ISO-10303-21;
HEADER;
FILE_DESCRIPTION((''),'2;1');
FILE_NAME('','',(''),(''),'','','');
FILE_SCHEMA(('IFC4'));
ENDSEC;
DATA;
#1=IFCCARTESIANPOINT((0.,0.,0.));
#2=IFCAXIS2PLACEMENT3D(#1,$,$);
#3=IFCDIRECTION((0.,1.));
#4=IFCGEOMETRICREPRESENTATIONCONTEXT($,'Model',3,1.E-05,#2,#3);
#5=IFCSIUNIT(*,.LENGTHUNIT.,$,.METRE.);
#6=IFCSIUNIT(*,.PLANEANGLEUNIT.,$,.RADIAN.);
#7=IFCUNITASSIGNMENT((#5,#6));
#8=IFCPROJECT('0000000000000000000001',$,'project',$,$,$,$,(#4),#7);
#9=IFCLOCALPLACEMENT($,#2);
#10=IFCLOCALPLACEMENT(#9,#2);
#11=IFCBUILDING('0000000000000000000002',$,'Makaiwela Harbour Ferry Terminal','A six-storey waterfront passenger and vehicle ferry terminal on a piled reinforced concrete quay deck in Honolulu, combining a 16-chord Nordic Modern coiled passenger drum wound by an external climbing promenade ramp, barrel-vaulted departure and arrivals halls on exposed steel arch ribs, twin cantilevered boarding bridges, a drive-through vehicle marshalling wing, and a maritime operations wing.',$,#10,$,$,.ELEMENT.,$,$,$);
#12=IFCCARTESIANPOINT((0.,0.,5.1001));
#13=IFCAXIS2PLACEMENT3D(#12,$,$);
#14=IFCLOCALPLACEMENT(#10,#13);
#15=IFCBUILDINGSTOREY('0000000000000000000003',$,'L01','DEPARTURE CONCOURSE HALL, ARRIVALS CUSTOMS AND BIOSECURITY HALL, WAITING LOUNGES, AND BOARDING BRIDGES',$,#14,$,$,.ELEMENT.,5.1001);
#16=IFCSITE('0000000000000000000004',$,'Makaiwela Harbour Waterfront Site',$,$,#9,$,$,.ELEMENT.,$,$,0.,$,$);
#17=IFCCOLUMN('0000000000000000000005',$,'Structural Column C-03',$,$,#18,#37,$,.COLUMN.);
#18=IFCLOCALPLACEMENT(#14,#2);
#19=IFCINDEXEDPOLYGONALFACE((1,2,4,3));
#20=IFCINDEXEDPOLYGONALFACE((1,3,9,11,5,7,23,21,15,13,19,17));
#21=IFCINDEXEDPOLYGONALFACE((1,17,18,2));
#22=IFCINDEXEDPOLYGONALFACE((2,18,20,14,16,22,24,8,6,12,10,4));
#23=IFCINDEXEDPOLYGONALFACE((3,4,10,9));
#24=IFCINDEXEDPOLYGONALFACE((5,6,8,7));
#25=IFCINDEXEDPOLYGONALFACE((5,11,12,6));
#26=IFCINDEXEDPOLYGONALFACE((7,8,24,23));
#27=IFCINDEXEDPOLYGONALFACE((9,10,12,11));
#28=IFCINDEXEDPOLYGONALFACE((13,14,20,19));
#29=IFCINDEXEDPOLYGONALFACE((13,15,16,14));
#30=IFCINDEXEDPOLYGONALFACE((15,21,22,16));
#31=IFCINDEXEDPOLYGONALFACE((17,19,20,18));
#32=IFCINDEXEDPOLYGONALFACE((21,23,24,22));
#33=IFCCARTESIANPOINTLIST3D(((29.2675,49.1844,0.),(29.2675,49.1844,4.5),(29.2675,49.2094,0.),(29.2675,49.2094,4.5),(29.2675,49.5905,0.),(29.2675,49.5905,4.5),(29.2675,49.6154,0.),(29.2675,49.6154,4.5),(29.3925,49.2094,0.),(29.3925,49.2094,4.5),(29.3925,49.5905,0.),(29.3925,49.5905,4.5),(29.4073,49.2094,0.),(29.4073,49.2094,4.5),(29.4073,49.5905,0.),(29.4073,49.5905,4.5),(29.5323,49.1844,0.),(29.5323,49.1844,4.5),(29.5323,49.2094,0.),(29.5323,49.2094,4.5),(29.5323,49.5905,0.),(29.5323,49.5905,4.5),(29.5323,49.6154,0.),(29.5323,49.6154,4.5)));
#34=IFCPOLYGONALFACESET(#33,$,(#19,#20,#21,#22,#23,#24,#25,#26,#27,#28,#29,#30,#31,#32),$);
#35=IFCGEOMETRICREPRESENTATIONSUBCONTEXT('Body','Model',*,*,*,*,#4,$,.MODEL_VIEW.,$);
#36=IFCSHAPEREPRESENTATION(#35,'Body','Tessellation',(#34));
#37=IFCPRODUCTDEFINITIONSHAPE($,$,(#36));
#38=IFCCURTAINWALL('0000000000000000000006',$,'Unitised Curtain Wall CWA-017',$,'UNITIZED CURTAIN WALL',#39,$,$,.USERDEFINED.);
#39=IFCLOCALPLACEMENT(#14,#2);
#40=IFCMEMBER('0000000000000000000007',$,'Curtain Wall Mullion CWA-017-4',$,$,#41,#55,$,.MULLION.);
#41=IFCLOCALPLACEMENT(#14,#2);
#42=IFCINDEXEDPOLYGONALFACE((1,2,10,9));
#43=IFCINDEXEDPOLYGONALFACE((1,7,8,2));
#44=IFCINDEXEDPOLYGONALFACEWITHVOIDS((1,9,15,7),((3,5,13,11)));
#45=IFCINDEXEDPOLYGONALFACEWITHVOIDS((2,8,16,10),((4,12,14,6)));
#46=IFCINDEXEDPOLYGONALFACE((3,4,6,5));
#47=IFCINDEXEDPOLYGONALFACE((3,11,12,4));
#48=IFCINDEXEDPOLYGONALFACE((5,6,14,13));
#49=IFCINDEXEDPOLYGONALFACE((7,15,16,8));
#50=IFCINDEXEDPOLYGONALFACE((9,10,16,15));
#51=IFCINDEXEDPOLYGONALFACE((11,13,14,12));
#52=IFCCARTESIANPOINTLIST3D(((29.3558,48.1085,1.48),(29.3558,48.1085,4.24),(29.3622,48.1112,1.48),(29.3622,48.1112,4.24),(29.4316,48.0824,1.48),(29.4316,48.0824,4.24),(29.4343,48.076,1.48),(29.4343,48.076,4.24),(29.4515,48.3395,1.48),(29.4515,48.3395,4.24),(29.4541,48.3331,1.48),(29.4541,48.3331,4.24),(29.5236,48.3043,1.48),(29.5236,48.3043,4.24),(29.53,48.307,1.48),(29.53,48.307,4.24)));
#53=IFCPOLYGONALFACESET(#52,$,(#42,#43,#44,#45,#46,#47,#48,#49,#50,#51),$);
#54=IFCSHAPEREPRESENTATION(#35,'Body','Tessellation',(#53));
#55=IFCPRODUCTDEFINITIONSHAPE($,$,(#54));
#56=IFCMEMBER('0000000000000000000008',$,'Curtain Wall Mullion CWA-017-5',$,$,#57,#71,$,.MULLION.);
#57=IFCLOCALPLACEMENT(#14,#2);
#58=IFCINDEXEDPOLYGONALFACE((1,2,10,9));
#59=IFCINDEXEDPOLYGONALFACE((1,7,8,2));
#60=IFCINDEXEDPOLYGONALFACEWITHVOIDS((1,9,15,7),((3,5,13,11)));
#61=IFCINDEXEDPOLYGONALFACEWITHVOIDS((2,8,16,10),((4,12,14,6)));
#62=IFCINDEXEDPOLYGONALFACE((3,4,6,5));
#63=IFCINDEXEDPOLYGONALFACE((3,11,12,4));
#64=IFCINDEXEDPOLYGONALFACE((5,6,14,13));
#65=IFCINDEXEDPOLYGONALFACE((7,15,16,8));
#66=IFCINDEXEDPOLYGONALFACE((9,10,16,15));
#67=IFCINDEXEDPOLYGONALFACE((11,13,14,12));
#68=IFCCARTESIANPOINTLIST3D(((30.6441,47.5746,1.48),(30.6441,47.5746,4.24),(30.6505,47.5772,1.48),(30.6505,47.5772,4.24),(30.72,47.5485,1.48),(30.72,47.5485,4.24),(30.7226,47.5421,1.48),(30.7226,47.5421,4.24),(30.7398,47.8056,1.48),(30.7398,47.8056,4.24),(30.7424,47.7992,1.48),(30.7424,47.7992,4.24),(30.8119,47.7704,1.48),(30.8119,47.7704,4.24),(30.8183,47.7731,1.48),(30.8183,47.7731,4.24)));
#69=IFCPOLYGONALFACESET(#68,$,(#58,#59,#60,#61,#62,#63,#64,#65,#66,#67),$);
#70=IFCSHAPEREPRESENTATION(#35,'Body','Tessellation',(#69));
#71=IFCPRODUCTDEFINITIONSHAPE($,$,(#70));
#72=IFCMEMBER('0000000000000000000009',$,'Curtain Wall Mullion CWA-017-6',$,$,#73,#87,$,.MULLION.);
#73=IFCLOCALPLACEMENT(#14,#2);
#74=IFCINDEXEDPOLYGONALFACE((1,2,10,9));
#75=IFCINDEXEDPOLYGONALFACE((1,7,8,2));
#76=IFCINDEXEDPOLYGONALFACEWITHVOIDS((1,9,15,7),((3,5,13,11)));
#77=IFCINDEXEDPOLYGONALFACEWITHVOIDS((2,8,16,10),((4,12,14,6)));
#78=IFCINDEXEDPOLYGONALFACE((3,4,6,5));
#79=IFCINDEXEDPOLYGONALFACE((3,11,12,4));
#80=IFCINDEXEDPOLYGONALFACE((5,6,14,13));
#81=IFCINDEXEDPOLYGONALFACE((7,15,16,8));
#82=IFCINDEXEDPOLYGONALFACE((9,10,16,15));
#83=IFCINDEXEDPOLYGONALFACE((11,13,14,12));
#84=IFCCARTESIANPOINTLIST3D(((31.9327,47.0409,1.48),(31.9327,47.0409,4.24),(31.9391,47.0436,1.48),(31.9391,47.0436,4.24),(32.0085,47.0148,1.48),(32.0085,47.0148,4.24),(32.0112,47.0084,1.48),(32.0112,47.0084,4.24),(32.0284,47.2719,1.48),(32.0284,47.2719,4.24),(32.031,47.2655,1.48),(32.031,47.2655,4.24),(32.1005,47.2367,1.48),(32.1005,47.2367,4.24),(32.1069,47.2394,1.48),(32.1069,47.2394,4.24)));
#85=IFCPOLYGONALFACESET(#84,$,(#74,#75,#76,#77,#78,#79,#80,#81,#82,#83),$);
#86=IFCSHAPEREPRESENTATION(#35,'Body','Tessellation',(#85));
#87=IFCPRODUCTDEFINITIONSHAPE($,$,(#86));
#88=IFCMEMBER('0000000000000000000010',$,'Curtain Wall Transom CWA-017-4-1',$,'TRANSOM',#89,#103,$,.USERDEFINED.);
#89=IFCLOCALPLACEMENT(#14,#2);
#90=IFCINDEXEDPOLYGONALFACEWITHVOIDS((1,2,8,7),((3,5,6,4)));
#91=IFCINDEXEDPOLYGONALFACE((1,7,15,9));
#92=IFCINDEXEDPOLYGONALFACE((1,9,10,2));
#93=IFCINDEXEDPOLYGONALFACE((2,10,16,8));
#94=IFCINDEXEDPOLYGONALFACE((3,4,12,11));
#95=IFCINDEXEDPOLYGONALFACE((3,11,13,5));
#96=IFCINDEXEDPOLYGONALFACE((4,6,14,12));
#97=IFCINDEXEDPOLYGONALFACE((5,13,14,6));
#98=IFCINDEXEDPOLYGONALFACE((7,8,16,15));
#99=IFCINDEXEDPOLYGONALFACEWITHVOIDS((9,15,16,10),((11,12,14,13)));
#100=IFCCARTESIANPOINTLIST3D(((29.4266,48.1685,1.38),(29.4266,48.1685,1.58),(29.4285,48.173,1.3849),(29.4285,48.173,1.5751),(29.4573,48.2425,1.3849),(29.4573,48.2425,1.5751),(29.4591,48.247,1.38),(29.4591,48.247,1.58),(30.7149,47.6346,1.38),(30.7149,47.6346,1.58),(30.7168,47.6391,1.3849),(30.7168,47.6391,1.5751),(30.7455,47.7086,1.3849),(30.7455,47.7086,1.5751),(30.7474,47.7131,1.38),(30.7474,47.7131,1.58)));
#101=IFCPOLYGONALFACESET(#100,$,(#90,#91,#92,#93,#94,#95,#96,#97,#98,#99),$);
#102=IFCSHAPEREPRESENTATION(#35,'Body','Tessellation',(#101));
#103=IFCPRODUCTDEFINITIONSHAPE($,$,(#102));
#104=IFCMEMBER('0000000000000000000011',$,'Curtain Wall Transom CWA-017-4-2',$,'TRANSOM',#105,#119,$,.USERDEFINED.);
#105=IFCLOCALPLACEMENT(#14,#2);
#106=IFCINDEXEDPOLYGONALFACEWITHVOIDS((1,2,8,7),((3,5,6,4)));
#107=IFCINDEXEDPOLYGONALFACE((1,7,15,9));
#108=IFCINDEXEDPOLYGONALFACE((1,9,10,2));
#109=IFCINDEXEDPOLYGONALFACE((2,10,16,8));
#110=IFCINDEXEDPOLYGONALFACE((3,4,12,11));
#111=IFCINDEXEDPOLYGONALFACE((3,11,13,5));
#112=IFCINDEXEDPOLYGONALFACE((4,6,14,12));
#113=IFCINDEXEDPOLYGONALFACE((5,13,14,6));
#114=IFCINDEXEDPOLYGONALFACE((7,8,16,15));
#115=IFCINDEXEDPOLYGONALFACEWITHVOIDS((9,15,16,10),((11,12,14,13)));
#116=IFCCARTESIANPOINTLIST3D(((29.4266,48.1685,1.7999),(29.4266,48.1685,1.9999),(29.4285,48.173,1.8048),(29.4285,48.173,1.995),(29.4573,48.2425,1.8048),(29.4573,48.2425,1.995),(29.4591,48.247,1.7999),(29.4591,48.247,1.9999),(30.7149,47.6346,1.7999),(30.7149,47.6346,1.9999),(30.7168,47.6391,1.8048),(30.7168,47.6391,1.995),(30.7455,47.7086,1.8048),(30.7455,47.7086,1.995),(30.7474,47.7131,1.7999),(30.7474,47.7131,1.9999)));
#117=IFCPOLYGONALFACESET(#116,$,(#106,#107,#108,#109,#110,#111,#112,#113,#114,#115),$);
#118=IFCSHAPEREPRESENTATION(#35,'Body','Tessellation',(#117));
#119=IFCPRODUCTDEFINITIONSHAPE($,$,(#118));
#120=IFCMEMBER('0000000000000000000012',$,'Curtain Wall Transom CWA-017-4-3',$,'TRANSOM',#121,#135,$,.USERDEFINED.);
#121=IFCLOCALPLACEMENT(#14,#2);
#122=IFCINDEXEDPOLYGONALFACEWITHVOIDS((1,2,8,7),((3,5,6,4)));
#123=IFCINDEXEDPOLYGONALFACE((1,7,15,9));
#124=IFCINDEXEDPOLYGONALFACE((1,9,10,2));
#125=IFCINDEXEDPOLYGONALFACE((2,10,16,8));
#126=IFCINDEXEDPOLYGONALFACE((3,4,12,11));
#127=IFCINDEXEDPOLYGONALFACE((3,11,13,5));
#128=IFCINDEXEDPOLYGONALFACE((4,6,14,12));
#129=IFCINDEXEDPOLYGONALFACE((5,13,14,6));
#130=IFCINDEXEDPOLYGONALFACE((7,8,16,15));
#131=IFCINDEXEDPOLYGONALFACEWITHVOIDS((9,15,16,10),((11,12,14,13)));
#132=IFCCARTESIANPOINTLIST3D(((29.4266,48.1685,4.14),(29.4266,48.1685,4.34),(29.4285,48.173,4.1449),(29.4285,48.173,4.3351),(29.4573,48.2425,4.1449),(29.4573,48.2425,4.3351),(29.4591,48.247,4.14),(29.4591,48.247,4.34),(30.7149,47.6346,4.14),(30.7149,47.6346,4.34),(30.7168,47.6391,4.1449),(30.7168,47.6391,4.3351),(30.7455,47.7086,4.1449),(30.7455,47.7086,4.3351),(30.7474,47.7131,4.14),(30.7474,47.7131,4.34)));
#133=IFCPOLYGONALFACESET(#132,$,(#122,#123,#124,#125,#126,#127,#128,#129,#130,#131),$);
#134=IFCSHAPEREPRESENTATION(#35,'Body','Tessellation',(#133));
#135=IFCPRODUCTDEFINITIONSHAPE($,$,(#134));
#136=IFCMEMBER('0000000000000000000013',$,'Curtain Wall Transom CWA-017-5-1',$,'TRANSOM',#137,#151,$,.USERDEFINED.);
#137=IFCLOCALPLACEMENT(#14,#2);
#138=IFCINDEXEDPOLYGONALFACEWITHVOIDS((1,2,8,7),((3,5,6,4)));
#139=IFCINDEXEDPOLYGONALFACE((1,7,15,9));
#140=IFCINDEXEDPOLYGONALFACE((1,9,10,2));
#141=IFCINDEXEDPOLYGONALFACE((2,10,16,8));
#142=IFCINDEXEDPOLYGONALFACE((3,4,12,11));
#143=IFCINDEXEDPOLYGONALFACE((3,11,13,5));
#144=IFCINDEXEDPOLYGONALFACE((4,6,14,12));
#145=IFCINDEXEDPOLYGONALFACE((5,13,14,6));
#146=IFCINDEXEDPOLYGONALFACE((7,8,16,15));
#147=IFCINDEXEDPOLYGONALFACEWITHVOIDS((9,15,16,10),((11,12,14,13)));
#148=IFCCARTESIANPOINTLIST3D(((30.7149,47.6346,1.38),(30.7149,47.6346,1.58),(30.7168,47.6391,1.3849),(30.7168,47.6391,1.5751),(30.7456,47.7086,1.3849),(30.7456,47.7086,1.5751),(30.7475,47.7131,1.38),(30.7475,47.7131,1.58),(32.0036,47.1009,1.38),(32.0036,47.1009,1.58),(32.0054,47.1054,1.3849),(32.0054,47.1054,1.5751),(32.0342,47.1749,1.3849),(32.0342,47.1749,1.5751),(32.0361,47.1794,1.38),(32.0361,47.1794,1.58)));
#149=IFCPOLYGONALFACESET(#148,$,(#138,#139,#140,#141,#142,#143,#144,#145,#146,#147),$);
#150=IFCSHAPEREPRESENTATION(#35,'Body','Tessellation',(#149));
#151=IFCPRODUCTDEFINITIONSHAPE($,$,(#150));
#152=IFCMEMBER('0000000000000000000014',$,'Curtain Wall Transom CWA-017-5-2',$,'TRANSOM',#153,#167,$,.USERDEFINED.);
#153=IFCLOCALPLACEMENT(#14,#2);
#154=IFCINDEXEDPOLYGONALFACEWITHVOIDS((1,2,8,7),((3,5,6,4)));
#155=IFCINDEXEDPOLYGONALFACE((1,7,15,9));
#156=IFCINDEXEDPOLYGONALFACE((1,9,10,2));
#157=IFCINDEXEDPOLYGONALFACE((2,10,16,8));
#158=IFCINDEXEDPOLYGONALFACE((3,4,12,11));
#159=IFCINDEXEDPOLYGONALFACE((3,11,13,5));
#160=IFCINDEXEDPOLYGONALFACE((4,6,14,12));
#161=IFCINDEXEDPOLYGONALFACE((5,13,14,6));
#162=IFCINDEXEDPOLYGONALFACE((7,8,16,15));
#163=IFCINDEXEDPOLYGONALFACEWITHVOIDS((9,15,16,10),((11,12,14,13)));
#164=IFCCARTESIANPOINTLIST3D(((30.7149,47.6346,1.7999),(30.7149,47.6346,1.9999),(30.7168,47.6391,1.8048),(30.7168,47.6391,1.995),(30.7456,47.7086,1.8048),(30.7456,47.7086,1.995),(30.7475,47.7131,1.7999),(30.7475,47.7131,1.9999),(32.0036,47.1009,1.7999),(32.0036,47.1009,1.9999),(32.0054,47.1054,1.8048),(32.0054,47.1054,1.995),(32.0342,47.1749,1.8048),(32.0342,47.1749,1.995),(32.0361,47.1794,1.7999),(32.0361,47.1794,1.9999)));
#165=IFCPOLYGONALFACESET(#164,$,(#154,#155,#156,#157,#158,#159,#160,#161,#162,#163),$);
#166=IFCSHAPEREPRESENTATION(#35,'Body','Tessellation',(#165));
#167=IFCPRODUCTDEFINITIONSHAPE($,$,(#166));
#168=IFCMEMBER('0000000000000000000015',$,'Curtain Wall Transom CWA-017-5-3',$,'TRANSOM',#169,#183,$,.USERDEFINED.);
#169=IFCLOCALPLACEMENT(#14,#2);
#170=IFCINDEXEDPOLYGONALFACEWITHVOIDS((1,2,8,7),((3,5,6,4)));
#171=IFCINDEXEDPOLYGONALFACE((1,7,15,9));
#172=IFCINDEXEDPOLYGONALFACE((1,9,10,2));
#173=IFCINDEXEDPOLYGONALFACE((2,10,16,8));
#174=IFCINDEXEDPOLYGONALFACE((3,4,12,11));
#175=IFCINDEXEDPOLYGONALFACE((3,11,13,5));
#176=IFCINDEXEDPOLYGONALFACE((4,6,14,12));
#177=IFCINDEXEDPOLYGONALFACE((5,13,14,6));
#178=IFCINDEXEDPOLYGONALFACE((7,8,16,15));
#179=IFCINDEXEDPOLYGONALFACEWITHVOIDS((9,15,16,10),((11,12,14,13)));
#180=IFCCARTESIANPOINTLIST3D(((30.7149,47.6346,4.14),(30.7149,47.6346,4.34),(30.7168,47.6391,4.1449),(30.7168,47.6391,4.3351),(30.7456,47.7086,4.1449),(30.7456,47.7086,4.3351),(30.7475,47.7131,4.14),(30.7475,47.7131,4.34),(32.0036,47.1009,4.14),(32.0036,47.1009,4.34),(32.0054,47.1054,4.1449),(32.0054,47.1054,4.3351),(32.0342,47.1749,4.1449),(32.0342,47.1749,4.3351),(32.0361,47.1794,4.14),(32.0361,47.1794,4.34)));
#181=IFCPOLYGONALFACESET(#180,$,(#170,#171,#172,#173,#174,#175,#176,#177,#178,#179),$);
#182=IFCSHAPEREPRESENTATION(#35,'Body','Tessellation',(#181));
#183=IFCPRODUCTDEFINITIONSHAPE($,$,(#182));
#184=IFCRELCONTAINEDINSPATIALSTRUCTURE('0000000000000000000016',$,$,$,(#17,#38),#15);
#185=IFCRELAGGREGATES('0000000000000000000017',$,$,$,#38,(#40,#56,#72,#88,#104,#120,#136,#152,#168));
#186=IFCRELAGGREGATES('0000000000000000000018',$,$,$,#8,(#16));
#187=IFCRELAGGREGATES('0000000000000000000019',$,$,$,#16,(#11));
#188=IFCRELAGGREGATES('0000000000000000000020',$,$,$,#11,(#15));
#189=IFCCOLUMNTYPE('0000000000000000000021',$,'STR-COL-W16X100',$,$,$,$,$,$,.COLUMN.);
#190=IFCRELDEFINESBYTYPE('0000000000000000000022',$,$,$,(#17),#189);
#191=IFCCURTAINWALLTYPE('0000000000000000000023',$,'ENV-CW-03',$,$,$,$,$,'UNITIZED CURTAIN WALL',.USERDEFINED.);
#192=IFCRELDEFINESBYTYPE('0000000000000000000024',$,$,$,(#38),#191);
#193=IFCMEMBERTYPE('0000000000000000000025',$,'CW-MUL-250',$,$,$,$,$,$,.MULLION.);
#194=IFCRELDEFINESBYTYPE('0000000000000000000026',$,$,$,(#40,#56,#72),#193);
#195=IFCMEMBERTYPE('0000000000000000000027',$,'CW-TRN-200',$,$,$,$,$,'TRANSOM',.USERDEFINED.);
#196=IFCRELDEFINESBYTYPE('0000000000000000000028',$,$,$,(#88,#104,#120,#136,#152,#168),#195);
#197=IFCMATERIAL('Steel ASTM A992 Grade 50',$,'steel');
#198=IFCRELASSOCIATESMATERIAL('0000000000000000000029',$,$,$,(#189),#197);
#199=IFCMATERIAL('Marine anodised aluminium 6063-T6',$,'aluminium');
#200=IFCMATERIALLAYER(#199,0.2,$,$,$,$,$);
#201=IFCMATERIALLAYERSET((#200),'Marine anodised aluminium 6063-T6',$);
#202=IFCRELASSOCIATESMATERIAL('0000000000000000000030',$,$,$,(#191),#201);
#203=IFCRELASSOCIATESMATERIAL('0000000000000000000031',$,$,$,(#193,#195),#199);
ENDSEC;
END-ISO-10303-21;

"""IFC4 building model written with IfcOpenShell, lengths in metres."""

from ifc_helpers import new_model, si_unit, direction, frame, origin, origin_2d, place, context, subcontext, project, spatial, hollow_rectangle, i_section, extrude, material, layer, layer_set, material_profile, profile_set, type_object, element, aggregate, save


model = new_model("IFC4")

# Units and contexts
model_context = context("Model", 3, precision=1e-05, world=origin(), true_north=direction((0.0, 1.0)))
body_context = subcontext(model_context, "Body", "Model", "MODEL_VIEW")
ifc_project = project(units=[si_unit("LENGTHUNIT", "METRE"), si_unit("PLANEANGLEUNIT", "RADIAN")], contexts=[model_context])

# Site, building, storey
site_placement = place(None, origin())
site = spatial("IfcSite", under=ifc_project, at=site_placement, Name="Makaiwela Harbour Waterfront Site", CompositionType="ELEMENT", RefElevation=0.0)
building_placement = place(site_placement, origin())
building = spatial("IfcBuilding", under=site, at=building_placement, Name="Makaiwela Harbour Ferry Terminal", Description="A six-storey waterfront passenger and vehicle ferry terminal on a piled reinforced concrete quay deck in Honolulu, combining a 16-chord Nordic Modern coiled passenger drum wound by an external climbing promenade ramp, barrel-vaulted departure and arrivals halls on exposed steel arch ribs, twin cantilevered boarding bridges, a drive-through vehicle marshalling wing, and a maritime operations wing.", CompositionType="ELEMENT")
storey_placement = place(building_placement, frame((0.0, 0.0, 5.1001)))
storey = spatial("IfcBuildingStorey", under=building, at=storey_placement, Name="L01", Description="DEPARTURE CONCOURSE HALL, ARRIVALS CUSTOMS AND BIOSECURITY HALL, WAITING LOUNGES, AND BOARDING BRIDGES", CompositionType="ELEMENT", Elevation=5.1001)

# Column
ifc_material_1 = material(Name="Steel ASTM A992 Grade 50", Category="steel")
ifc_material_profile_1 = material_profile(ifc_material_1, i_section(OverallWidth=0.2649, OverallDepth=0.4309, WebThickness=0.0149, FlangeThickness=0.0249, at=origin_2d()), Name="W16X100")
ifc_profile_set_1 = profile_set([ifc_material_profile_1], Name="Steel ASTM A992 Grade 50")
column_type = type_object("IfcColumnType", Name="STR-COL-W16X100", PredefinedType="COLUMN", material=ifc_profile_set_1)
column_placement = place(storey_placement, frame((29.3999, 49.3999, 0.0), z_axis=(0.0, 0.0, 1.0), x_axis=(1.0, 0.0, 0.0)))
element("IfcColumn", 1, at=column_placement, inside=storey, type_object=column_type, Name="Structural Column C-03", PredefinedType="COLUMN", context=body_context, shape_type="SweptSolid", body=[
    extrude(i_section(OverallWidth=0.2649, OverallDepth=0.4309, WebThickness=0.0149, FlangeThickness=0.0249, at=origin_2d()), origin(), (0.0, 0.0, 1.0), 4.5),
])

# Curtain wall, members
ifc_material_2 = material(Name="Marine anodised aluminium 6063-T6", Category="aluminium")
ifc_layer_1 = layer(ifc_material_2, 0.2)
ifc_layer_set_1 = layer_set([ifc_layer_1], Name="Marine anodised aluminium 6063-T6")
curtain_wall_type = type_object("IfcCurtainWallType", Name="ENV-CW-03", ElementType="UNITIZED CURTAIN WALL", PredefinedType="USERDEFINED", material=ifc_layer_set_1)
curtain_wall_placement = place(storey_placement, origin())
curtain_wall = element("IfcCurtainWall", 2, at=curtain_wall_placement, inside=storey, type_object=curtain_wall_type, Name="Unitised Curtain Wall CWA-017", ObjectType="UNITIZED CURTAIN WALL", PredefinedType="USERDEFINED")
ifc_material_profile_2 = material_profile(ifc_material_2, hollow_rectangle(XDim=0.085, YDim=0.25, WallThickness=0.0049, at=origin_2d()), Name="CWM-250X85")
ifc_profile_set_2 = profile_set([ifc_material_profile_2], Name="Marine anodised aluminium 6063-T6")
member_type_1 = type_object("IfcMemberType", Name="CW-MUL-250", PredefinedType="MULLION", material=ifc_profile_set_2)
member_1_placement = place(storey_placement, frame((29.4429, 48.2078, 1.48), z_axis=(0.0, 0.0, 1.0), x_axis=(-0.92388, 0.382683, 0.0)))
member_1 = element("IfcMember", 3, at=member_1_placement, type_object=member_type_1, Name="Curtain Wall Mullion CWA-017-4", PredefinedType="MULLION", context=body_context, shape_type="SweptSolid", body=[
    extrude(hollow_rectangle(XDim=0.085, YDim=0.25, WallThickness=0.0049, at=origin_2d()), origin(), (0.0, 0.0, 1.0), 2.76),
])
member_2_placement = place(storey_placement, frame((30.7312, 47.6738, 1.48), z_axis=(0.0, 0.0, 1.0), x_axis=(-0.92388, 0.382683, 0.0)))
member_2 = element("IfcMember", 4, at=member_2_placement, type_object=member_type_1, Name="Curtain Wall Mullion CWA-017-5", PredefinedType="MULLION", context=body_context, shape_type="SweptSolid", body=[
    extrude(hollow_rectangle(XDim=0.085, YDim=0.25, WallThickness=0.0049, at=origin_2d()), origin(), (0.0, 0.0, 1.0), 2.76),
])
member_3_placement = place(storey_placement, frame((32.0198, 47.1401, 1.48), z_axis=(0.0, 0.0, 1.0), x_axis=(-0.92388, 0.382683, 0.0)))
member_3 = element("IfcMember", 5, at=member_3_placement, type_object=member_type_1, Name="Curtain Wall Mullion CWA-017-6", PredefinedType="MULLION", context=body_context, shape_type="SweptSolid", body=[
    extrude(hollow_rectangle(XDim=0.085, YDim=0.25, WallThickness=0.0049, at=origin_2d()), origin(), (0.0, 0.0, 1.0), 2.76),
])
ifc_material_profile_3 = material_profile(ifc_material_2, hollow_rectangle(XDim=0.085, YDim=0.2, WallThickness=0.0049, at=origin_2d()), Name="CWT-200X85")
ifc_profile_set_3 = profile_set([ifc_material_profile_3], Name="Marine anodised aluminium 6063-T6")
member_type_2 = type_object("IfcMemberType", Name="CW-TRN-200", ElementType="TRANSOM", PredefinedType="USERDEFINED", material=ifc_profile_set_3)
member_4_placement = place(storey_placement, frame((29.4429, 48.2078, 1.48), z_axis=(0.923806, -0.382862, 0.0), x_axis=(0.382862, 0.923806, 0.0)))
member_4 = element("IfcMember", 6, at=member_4_placement, type_object=member_type_2, Name="Curtain Wall Transom CWA-017-4-1", ObjectType="TRANSOM", PredefinedType="USERDEFINED", context=body_context, shape_type="SweptSolid", body=[
    extrude(hollow_rectangle(XDim=0.085, YDim=0.2, WallThickness=0.0049, at=origin_2d()), origin(), (0.0, 0.0, 1.0), 1.3945),
])
member_5_placement = place(storey_placement, frame((29.4429, 48.2078, 1.8999), z_axis=(0.923806, -0.382862, 0.0), x_axis=(0.382862, 0.923806, 0.0)))
member_5 = element("IfcMember", 7, at=member_5_placement, type_object=member_type_2, Name="Curtain Wall Transom CWA-017-4-2", ObjectType="TRANSOM", PredefinedType="USERDEFINED", context=body_context, shape_type="SweptSolid", body=[
    extrude(hollow_rectangle(XDim=0.085, YDim=0.2, WallThickness=0.0049, at=origin_2d()), origin(), (0.0, 0.0, 1.0), 1.3945),
])
member_6_placement = place(storey_placement, frame((29.4429, 48.2078, 4.24), z_axis=(0.923806, -0.382862, 0.0), x_axis=(0.382862, 0.923806, 0.0)))
member_6 = element("IfcMember", 8, at=member_6_placement, type_object=member_type_2, Name="Curtain Wall Transom CWA-017-4-3", ObjectType="TRANSOM", PredefinedType="USERDEFINED", context=body_context, shape_type="SweptSolid", body=[
    extrude(hollow_rectangle(XDim=0.085, YDim=0.2, WallThickness=0.0049, at=origin_2d()), origin(), (0.0, 0.0, 1.0), 1.3945),
])
member_7_placement = place(storey_placement, frame((30.7312, 47.6738, 1.48), z_axis=(0.923893, -0.382651, 0.0), x_axis=(0.382651, 0.923893, 0.0)))
member_7 = element("IfcMember", 9, at=member_7_placement, type_object=member_type_2, Name="Curtain Wall Transom CWA-017-5-1", ObjectType="TRANSOM", PredefinedType="USERDEFINED", context=body_context, shape_type="SweptSolid", body=[
    extrude(hollow_rectangle(XDim=0.085, YDim=0.2, WallThickness=0.0049, at=origin_2d()), origin(), (0.0, 0.0, 1.0), 1.3948),
])
member_8_placement = place(storey_placement, frame((30.7312, 47.6738, 1.8999), z_axis=(0.923893, -0.382651, 0.0), x_axis=(0.382651, 0.923893, 0.0)))
member_8 = element("IfcMember", 10, at=member_8_placement, type_object=member_type_2, Name="Curtain Wall Transom CWA-017-5-2", ObjectType="TRANSOM", PredefinedType="USERDEFINED", context=body_context, shape_type="SweptSolid", body=[
    extrude(hollow_rectangle(XDim=0.085, YDim=0.2, WallThickness=0.0049, at=origin_2d()), origin(), (0.0, 0.0, 1.0), 1.3948),
])
member_9_placement = place(storey_placement, frame((30.7312, 47.6738, 4.24), z_axis=(0.923893, -0.382651, 0.0), x_axis=(0.382651, 0.923893, 0.0)))
member_9 = element("IfcMember", 11, at=member_9_placement, type_object=member_type_2, Name="Curtain Wall Transom CWA-017-5-3", ObjectType="TRANSOM", PredefinedType="USERDEFINED", context=body_context, shape_type="SweptSolid", body=[
    extrude(hollow_rectangle(XDim=0.085, YDim=0.2, WallThickness=0.0049, at=origin_2d()), origin(), (0.0, 0.0, 1.0), 1.3948),
])

aggregate(curtain_wall, [member_1, member_2, member_3, member_4, member_5, member_6, member_7, member_8, member_9])

save(model, "model.ifc")
